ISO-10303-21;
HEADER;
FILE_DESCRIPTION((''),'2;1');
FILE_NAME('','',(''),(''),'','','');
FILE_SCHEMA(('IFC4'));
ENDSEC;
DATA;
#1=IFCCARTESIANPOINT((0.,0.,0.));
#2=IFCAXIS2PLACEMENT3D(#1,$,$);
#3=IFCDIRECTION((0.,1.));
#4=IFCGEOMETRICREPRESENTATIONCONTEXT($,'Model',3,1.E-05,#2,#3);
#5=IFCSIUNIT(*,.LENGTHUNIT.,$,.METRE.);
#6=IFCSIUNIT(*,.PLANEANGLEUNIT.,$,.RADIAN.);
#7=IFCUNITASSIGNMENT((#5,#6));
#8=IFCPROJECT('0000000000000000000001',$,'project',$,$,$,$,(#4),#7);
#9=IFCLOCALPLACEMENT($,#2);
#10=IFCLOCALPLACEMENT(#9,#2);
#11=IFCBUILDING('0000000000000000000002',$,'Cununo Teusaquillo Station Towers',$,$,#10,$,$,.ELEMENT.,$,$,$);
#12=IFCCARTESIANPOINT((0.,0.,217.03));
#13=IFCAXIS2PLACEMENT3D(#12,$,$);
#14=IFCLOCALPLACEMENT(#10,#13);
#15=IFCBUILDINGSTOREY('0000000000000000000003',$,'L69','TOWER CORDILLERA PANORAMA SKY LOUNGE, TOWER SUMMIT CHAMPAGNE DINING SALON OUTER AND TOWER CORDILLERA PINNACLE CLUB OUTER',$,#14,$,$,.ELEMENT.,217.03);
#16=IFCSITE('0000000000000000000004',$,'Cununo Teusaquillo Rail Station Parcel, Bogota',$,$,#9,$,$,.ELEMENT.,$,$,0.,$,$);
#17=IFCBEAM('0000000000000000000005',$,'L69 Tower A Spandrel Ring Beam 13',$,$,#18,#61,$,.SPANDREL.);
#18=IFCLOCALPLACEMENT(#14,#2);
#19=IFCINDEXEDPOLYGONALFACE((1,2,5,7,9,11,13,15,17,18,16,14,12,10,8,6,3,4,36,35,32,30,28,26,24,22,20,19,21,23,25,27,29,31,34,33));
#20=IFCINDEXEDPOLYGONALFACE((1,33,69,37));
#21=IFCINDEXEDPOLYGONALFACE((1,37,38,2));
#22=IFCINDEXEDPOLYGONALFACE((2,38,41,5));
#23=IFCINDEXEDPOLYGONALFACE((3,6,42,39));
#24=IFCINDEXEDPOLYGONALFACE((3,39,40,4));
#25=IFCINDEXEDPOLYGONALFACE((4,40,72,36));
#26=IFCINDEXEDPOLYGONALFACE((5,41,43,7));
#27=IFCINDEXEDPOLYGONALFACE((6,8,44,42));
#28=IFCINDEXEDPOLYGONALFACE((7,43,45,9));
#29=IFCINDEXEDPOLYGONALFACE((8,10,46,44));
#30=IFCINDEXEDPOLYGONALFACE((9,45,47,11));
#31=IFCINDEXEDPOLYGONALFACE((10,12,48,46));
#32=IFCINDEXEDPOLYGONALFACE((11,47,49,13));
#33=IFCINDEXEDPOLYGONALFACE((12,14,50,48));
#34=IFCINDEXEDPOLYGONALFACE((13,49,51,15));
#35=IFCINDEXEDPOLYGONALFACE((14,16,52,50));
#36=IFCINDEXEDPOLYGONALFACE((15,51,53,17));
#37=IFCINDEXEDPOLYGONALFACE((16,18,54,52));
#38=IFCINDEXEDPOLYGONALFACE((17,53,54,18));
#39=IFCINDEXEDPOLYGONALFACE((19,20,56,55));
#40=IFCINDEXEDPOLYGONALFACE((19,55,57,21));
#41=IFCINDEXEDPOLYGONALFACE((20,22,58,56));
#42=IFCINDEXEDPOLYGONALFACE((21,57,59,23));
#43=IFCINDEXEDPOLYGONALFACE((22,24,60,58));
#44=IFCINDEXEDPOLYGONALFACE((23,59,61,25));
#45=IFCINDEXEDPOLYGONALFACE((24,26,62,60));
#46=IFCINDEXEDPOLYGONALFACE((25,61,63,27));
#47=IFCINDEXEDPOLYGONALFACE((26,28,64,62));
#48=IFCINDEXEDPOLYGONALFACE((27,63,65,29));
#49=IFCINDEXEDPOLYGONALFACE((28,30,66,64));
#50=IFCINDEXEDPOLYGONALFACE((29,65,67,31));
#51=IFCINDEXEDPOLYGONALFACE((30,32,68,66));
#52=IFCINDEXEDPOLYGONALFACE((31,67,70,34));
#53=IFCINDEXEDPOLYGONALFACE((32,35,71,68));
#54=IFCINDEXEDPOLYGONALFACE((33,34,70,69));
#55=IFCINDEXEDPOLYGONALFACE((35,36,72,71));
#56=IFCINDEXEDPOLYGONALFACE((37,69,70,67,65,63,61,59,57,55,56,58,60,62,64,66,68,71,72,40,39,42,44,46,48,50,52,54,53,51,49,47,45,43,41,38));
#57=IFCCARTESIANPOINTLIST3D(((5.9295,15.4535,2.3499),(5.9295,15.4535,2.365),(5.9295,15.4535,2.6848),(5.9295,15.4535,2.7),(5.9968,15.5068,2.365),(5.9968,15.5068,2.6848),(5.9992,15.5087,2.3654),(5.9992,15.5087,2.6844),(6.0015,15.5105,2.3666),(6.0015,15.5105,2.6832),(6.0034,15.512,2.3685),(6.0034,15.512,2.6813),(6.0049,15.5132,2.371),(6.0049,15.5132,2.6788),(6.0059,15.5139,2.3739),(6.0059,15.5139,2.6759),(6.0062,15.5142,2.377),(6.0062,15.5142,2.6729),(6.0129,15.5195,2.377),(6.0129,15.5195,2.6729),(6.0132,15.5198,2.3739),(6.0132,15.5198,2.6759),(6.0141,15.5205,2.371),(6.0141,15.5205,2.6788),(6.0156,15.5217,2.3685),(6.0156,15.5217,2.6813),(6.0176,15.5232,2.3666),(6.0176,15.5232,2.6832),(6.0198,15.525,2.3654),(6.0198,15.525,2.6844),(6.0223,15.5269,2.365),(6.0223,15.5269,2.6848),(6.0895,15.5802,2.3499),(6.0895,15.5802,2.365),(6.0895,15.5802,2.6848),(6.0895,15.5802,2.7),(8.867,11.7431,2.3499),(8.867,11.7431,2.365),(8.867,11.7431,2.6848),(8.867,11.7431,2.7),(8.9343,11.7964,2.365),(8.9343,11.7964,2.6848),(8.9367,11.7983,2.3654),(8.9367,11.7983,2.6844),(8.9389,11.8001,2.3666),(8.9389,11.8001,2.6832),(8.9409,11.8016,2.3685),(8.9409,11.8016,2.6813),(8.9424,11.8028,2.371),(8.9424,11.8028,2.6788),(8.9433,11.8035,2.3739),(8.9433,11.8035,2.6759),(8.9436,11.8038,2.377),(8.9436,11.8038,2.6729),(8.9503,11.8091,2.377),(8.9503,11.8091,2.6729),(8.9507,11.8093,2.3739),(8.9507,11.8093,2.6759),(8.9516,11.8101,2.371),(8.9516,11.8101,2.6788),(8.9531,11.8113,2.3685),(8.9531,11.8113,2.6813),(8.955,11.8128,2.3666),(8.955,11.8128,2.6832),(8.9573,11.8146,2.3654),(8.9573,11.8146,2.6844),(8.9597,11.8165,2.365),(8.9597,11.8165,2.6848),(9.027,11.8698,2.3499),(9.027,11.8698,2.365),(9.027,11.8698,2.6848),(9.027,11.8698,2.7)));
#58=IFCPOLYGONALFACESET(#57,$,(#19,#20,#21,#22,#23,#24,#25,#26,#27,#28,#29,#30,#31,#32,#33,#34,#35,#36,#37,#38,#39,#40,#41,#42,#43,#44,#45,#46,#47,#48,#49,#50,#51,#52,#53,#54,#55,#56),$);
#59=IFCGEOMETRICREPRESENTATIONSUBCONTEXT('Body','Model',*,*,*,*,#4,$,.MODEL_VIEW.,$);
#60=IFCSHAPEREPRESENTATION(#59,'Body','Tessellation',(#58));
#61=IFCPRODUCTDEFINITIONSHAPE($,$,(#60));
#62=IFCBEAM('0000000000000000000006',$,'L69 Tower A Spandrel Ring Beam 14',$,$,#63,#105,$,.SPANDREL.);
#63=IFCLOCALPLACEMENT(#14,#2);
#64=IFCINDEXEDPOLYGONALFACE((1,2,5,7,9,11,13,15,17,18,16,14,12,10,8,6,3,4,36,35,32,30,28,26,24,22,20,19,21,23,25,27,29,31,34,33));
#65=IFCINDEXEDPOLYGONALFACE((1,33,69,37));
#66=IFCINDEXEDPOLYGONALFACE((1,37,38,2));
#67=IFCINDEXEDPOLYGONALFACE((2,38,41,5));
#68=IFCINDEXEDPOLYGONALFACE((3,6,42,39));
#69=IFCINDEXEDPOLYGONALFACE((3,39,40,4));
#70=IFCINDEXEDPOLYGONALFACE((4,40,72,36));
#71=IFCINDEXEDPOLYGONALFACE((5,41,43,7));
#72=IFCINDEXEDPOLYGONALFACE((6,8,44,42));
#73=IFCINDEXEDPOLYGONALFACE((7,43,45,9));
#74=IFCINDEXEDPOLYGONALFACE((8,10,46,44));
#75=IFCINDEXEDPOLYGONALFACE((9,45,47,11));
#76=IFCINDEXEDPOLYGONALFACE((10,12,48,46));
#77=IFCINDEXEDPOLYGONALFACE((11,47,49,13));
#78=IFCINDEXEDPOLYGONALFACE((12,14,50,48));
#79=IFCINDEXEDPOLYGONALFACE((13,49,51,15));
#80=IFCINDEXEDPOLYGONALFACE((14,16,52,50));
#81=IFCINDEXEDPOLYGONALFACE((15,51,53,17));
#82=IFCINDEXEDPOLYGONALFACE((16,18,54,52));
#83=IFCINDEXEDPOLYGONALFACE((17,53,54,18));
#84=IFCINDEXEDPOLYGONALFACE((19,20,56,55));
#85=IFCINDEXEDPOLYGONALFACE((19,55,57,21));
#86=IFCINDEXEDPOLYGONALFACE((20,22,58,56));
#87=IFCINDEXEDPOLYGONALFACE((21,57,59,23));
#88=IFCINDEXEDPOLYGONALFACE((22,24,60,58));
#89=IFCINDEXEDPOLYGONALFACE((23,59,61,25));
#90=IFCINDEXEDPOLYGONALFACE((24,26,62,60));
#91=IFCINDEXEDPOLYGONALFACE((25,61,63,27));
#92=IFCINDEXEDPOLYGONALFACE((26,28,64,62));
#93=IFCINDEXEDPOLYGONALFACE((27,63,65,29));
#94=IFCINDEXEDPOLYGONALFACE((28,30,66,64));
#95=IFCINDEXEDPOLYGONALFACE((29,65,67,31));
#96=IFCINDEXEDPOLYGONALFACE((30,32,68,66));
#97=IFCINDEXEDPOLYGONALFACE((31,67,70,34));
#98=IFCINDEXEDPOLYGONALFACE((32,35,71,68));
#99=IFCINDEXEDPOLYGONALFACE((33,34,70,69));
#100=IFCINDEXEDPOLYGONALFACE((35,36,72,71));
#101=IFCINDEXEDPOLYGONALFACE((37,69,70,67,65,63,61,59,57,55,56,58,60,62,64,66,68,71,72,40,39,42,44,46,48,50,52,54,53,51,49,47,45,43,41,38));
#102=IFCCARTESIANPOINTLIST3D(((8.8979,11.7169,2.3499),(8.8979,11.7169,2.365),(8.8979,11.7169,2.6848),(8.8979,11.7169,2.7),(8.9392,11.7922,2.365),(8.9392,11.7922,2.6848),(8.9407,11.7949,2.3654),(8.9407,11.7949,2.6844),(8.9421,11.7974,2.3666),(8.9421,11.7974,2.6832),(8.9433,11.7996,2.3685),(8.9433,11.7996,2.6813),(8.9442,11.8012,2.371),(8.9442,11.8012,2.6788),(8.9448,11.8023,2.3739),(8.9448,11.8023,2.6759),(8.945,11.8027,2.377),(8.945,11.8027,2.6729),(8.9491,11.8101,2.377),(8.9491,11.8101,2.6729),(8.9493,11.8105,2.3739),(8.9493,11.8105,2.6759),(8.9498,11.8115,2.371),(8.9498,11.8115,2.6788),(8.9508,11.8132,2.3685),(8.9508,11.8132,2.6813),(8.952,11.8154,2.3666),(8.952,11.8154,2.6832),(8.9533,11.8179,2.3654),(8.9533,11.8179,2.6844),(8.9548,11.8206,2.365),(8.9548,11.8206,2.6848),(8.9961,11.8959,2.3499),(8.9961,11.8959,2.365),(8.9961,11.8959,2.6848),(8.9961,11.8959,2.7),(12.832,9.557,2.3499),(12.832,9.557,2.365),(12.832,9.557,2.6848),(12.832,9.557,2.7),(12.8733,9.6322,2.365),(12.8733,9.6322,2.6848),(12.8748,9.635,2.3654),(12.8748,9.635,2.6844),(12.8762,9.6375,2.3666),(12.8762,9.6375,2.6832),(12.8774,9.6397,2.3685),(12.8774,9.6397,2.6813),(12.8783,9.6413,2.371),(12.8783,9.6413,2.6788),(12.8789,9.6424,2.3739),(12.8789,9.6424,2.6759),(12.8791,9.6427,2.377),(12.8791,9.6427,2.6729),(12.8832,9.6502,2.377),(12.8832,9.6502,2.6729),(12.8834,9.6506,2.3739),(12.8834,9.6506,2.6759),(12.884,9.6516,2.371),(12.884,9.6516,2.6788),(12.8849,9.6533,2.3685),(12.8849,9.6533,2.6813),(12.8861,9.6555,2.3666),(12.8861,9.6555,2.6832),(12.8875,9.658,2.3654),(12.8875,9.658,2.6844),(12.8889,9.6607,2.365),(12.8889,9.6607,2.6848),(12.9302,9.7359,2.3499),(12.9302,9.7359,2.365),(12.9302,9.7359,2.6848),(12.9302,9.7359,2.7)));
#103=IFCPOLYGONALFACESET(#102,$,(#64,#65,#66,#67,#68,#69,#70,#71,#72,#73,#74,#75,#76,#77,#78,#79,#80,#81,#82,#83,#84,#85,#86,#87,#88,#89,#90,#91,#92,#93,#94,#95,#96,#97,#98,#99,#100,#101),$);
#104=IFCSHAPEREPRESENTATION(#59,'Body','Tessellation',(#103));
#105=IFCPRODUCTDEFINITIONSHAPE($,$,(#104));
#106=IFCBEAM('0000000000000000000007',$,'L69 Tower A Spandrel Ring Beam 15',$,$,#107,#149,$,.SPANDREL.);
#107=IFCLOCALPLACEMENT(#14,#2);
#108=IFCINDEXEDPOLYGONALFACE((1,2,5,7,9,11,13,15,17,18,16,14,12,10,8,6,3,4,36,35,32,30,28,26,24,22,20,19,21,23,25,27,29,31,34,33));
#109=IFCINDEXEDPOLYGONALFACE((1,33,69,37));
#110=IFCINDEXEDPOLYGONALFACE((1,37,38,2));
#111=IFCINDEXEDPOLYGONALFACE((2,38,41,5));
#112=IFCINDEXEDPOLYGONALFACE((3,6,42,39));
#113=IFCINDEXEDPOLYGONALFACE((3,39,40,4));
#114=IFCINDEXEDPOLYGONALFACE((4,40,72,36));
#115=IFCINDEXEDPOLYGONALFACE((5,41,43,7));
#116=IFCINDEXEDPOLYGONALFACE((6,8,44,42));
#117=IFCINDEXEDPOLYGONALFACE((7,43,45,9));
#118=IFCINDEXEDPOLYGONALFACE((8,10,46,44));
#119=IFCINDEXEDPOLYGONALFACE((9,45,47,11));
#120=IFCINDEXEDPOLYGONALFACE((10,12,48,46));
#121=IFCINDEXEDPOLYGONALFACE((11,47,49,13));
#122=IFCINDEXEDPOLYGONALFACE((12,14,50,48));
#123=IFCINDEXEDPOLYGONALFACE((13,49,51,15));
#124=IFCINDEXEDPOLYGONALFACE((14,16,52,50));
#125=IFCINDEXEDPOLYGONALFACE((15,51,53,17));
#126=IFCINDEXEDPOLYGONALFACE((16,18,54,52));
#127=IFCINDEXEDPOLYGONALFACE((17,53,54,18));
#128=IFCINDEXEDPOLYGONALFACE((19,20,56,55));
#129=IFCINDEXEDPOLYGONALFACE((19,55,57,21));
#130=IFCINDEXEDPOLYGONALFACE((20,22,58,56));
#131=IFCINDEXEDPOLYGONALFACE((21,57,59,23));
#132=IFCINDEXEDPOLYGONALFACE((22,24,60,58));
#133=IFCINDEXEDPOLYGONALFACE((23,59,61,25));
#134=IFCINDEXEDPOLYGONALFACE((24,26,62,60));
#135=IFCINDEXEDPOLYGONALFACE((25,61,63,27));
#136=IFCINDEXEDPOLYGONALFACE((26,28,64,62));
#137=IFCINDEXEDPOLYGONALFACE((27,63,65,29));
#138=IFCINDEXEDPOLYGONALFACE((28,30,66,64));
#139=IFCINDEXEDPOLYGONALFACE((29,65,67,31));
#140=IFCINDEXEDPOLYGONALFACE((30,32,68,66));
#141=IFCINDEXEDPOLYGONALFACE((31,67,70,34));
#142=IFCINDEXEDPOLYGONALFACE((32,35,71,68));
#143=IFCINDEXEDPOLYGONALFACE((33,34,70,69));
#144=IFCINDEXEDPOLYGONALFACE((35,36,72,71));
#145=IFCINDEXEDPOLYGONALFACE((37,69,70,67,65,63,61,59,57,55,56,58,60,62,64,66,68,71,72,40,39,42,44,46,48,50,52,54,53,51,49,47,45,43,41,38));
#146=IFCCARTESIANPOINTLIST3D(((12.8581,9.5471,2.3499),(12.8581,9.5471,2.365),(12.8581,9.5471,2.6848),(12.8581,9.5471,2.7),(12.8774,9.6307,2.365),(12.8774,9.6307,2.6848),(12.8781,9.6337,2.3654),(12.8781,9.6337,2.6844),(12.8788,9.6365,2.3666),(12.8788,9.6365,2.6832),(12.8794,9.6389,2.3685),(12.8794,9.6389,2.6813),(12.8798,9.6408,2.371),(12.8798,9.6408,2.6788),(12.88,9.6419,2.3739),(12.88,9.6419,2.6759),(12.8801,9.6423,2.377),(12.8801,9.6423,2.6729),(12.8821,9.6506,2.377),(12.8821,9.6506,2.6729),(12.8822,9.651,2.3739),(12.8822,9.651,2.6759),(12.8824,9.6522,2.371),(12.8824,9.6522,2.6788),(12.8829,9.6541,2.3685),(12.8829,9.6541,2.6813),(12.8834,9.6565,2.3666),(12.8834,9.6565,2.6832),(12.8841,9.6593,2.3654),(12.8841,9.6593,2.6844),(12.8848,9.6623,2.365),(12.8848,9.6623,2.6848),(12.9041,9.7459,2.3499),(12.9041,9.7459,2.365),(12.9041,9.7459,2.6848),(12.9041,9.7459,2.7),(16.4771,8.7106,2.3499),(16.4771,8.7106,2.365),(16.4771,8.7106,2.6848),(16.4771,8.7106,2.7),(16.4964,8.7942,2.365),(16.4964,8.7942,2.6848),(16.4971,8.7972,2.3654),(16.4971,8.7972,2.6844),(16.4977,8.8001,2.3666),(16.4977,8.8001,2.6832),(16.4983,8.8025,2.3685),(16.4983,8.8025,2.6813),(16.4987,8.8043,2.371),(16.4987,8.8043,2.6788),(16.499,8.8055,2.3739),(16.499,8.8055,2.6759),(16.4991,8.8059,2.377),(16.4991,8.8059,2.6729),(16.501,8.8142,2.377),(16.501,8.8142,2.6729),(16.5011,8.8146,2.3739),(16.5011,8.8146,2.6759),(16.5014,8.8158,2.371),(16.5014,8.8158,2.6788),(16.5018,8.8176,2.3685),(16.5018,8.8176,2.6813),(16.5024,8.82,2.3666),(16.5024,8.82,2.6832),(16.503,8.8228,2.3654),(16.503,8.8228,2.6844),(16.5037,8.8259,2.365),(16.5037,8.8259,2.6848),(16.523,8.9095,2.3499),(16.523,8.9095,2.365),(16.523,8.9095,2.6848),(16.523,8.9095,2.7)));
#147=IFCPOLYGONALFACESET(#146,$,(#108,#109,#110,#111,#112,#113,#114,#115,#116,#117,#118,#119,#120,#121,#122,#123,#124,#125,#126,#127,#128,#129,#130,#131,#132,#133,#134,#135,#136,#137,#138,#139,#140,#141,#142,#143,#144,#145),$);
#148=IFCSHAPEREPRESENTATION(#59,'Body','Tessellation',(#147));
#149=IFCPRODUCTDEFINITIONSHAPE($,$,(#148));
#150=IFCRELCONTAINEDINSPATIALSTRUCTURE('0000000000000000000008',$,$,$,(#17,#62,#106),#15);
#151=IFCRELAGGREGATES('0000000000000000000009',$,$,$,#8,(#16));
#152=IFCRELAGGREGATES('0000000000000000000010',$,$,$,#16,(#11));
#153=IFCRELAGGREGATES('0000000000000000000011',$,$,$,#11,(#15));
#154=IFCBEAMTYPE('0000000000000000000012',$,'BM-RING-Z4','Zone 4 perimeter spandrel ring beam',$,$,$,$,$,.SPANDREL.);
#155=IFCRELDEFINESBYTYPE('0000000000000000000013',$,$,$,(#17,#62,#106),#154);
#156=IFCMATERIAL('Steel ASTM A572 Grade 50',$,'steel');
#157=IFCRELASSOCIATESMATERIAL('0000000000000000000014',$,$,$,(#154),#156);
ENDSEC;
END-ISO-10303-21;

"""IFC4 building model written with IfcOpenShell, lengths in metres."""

from ifc_helpers import new_model, si_unit, direction, frame, origin, origin_2d, place, context, subcontext, project, spatial, i_section, extrude, material, material_profile, profile_set, type_object, element, save


model = new_model("IFC4")

# Units and contexts
model_context = context("Model", 3, precision=1e-05, world=origin(), true_north=direction((0.0, 1.0)))
body_context = subcontext(model_context, "Body", "Model", "MODEL_VIEW")
ifc_project = project(units=[si_unit("LENGTHUNIT", "METRE"), si_unit("PLANEANGLEUNIT", "RADIAN")], contexts=[model_context])

# Site, building, storey
site_placement = place(None, origin())
site = spatial("IfcSite", under=ifc_project, at=site_placement, Name="Cununo Teusaquillo Rail Station Parcel, Bogota", CompositionType="ELEMENT", RefElevation=0.0)
building_placement = place(site_placement, origin())
building = spatial("IfcBuilding", under=site, at=building_placement, Name="Cununo Teusaquillo Station Towers", CompositionType="ELEMENT")
storey_placement = place(building_placement, frame((0.0, 0.0, 217.03)))
storey = spatial("IfcBuildingStorey", under=building, at=storey_placement, Name="L69", Description="TOWER CORDILLERA PANORAMA SKY LOUNGE, TOWER SUMMIT CHAMPAGNE DINING SALON OUTER AND TOWER CORDILLERA PINNACLE CLUB OUTER", CompositionType="ELEMENT", Elevation=217.03)

# Beams
ifc_material_1 = material(Name="Steel ASTM A572 Grade 50", Category="steel")
ifc_material_profile_1 = material_profile(ifc_material_1, i_section(OverallWidth=0.2041, OverallDepth=0.3501, WebThickness=0.0085, FlangeThickness=0.0151, FilletRadius=0.012, at=origin_2d()), Name="W14X48")
ifc_profile_set_1 = profile_set([ifc_material_profile_1], Name="Steel ASTM A572 Grade 50")
beam_type = type_object("IfcBeamType", Name="BM-RING-Z4", Description="Zone 4 perimeter spandrel ring beam", PredefinedType="SPANDREL", material=ifc_profile_set_1)
beam_1_placement = place(storey_placement, frame((6.0095, 15.5168, 2.5249), z_axis=(0.620711, -0.78404, 0.0), x_axis=(0.78404, 0.620711, 0.0)))
element("IfcBeam", 1, at=beam_1_placement, inside=storey, type_object=beam_type, Name="L69 Tower A Spandrel Ring Beam 13", PredefinedType="SPANDREL", context=body_context, shape_type="SweptSolid", body=[
    extrude(i_section(OverallWidth=0.2041, OverallDepth=0.3501, WebThickness=0.0085, FlangeThickness=0.0151, FilletRadius=0.012, at=origin_2d()), origin(), (0.0, 0.0, 1.0), 4.7324),
])
beam_2_placement = place(storey_placement, frame((8.947, 11.8064, 2.5249), z_axis=(0.876576, -0.481263, 0.0), x_axis=(0.481263, 0.876576, 0.0)))
element("IfcBeam", 2, at=beam_2_placement, inside=storey, type_object=beam_type, Name="L69 Tower A Spandrel Ring Beam 14", PredefinedType="SPANDREL", context=body_context, shape_type="SweptSolid", body=[
    extrude(i_section(OverallWidth=0.2041, OverallDepth=0.3501, WebThickness=0.0085, FlangeThickness=0.0151, FilletRadius=0.012, at=origin_2d()), origin(), (0.0, 0.0, 1.0), 4.488),
])
beam_3_placement = place(storey_placement, frame((12.8811, 9.6465, 2.5249), z_axis=(0.974315, -0.225191, 0.0), x_axis=(0.225191, 0.974315, 0.0)))
element("IfcBeam", 3, at=beam_3_placement, inside=storey, type_object=beam_type, Name="L69 Tower A Spandrel Ring Beam 15", PredefinedType="SPANDREL", context=body_context, shape_type="SweptSolid", body=[
    extrude(i_section(OverallWidth=0.2041, OverallDepth=0.3501, WebThickness=0.0085, FlangeThickness=0.0151, FilletRadius=0.012, at=origin_2d()), origin(), (0.0, 0.0, 1.0), 3.7144),
])

save(model, "model.ifc")
